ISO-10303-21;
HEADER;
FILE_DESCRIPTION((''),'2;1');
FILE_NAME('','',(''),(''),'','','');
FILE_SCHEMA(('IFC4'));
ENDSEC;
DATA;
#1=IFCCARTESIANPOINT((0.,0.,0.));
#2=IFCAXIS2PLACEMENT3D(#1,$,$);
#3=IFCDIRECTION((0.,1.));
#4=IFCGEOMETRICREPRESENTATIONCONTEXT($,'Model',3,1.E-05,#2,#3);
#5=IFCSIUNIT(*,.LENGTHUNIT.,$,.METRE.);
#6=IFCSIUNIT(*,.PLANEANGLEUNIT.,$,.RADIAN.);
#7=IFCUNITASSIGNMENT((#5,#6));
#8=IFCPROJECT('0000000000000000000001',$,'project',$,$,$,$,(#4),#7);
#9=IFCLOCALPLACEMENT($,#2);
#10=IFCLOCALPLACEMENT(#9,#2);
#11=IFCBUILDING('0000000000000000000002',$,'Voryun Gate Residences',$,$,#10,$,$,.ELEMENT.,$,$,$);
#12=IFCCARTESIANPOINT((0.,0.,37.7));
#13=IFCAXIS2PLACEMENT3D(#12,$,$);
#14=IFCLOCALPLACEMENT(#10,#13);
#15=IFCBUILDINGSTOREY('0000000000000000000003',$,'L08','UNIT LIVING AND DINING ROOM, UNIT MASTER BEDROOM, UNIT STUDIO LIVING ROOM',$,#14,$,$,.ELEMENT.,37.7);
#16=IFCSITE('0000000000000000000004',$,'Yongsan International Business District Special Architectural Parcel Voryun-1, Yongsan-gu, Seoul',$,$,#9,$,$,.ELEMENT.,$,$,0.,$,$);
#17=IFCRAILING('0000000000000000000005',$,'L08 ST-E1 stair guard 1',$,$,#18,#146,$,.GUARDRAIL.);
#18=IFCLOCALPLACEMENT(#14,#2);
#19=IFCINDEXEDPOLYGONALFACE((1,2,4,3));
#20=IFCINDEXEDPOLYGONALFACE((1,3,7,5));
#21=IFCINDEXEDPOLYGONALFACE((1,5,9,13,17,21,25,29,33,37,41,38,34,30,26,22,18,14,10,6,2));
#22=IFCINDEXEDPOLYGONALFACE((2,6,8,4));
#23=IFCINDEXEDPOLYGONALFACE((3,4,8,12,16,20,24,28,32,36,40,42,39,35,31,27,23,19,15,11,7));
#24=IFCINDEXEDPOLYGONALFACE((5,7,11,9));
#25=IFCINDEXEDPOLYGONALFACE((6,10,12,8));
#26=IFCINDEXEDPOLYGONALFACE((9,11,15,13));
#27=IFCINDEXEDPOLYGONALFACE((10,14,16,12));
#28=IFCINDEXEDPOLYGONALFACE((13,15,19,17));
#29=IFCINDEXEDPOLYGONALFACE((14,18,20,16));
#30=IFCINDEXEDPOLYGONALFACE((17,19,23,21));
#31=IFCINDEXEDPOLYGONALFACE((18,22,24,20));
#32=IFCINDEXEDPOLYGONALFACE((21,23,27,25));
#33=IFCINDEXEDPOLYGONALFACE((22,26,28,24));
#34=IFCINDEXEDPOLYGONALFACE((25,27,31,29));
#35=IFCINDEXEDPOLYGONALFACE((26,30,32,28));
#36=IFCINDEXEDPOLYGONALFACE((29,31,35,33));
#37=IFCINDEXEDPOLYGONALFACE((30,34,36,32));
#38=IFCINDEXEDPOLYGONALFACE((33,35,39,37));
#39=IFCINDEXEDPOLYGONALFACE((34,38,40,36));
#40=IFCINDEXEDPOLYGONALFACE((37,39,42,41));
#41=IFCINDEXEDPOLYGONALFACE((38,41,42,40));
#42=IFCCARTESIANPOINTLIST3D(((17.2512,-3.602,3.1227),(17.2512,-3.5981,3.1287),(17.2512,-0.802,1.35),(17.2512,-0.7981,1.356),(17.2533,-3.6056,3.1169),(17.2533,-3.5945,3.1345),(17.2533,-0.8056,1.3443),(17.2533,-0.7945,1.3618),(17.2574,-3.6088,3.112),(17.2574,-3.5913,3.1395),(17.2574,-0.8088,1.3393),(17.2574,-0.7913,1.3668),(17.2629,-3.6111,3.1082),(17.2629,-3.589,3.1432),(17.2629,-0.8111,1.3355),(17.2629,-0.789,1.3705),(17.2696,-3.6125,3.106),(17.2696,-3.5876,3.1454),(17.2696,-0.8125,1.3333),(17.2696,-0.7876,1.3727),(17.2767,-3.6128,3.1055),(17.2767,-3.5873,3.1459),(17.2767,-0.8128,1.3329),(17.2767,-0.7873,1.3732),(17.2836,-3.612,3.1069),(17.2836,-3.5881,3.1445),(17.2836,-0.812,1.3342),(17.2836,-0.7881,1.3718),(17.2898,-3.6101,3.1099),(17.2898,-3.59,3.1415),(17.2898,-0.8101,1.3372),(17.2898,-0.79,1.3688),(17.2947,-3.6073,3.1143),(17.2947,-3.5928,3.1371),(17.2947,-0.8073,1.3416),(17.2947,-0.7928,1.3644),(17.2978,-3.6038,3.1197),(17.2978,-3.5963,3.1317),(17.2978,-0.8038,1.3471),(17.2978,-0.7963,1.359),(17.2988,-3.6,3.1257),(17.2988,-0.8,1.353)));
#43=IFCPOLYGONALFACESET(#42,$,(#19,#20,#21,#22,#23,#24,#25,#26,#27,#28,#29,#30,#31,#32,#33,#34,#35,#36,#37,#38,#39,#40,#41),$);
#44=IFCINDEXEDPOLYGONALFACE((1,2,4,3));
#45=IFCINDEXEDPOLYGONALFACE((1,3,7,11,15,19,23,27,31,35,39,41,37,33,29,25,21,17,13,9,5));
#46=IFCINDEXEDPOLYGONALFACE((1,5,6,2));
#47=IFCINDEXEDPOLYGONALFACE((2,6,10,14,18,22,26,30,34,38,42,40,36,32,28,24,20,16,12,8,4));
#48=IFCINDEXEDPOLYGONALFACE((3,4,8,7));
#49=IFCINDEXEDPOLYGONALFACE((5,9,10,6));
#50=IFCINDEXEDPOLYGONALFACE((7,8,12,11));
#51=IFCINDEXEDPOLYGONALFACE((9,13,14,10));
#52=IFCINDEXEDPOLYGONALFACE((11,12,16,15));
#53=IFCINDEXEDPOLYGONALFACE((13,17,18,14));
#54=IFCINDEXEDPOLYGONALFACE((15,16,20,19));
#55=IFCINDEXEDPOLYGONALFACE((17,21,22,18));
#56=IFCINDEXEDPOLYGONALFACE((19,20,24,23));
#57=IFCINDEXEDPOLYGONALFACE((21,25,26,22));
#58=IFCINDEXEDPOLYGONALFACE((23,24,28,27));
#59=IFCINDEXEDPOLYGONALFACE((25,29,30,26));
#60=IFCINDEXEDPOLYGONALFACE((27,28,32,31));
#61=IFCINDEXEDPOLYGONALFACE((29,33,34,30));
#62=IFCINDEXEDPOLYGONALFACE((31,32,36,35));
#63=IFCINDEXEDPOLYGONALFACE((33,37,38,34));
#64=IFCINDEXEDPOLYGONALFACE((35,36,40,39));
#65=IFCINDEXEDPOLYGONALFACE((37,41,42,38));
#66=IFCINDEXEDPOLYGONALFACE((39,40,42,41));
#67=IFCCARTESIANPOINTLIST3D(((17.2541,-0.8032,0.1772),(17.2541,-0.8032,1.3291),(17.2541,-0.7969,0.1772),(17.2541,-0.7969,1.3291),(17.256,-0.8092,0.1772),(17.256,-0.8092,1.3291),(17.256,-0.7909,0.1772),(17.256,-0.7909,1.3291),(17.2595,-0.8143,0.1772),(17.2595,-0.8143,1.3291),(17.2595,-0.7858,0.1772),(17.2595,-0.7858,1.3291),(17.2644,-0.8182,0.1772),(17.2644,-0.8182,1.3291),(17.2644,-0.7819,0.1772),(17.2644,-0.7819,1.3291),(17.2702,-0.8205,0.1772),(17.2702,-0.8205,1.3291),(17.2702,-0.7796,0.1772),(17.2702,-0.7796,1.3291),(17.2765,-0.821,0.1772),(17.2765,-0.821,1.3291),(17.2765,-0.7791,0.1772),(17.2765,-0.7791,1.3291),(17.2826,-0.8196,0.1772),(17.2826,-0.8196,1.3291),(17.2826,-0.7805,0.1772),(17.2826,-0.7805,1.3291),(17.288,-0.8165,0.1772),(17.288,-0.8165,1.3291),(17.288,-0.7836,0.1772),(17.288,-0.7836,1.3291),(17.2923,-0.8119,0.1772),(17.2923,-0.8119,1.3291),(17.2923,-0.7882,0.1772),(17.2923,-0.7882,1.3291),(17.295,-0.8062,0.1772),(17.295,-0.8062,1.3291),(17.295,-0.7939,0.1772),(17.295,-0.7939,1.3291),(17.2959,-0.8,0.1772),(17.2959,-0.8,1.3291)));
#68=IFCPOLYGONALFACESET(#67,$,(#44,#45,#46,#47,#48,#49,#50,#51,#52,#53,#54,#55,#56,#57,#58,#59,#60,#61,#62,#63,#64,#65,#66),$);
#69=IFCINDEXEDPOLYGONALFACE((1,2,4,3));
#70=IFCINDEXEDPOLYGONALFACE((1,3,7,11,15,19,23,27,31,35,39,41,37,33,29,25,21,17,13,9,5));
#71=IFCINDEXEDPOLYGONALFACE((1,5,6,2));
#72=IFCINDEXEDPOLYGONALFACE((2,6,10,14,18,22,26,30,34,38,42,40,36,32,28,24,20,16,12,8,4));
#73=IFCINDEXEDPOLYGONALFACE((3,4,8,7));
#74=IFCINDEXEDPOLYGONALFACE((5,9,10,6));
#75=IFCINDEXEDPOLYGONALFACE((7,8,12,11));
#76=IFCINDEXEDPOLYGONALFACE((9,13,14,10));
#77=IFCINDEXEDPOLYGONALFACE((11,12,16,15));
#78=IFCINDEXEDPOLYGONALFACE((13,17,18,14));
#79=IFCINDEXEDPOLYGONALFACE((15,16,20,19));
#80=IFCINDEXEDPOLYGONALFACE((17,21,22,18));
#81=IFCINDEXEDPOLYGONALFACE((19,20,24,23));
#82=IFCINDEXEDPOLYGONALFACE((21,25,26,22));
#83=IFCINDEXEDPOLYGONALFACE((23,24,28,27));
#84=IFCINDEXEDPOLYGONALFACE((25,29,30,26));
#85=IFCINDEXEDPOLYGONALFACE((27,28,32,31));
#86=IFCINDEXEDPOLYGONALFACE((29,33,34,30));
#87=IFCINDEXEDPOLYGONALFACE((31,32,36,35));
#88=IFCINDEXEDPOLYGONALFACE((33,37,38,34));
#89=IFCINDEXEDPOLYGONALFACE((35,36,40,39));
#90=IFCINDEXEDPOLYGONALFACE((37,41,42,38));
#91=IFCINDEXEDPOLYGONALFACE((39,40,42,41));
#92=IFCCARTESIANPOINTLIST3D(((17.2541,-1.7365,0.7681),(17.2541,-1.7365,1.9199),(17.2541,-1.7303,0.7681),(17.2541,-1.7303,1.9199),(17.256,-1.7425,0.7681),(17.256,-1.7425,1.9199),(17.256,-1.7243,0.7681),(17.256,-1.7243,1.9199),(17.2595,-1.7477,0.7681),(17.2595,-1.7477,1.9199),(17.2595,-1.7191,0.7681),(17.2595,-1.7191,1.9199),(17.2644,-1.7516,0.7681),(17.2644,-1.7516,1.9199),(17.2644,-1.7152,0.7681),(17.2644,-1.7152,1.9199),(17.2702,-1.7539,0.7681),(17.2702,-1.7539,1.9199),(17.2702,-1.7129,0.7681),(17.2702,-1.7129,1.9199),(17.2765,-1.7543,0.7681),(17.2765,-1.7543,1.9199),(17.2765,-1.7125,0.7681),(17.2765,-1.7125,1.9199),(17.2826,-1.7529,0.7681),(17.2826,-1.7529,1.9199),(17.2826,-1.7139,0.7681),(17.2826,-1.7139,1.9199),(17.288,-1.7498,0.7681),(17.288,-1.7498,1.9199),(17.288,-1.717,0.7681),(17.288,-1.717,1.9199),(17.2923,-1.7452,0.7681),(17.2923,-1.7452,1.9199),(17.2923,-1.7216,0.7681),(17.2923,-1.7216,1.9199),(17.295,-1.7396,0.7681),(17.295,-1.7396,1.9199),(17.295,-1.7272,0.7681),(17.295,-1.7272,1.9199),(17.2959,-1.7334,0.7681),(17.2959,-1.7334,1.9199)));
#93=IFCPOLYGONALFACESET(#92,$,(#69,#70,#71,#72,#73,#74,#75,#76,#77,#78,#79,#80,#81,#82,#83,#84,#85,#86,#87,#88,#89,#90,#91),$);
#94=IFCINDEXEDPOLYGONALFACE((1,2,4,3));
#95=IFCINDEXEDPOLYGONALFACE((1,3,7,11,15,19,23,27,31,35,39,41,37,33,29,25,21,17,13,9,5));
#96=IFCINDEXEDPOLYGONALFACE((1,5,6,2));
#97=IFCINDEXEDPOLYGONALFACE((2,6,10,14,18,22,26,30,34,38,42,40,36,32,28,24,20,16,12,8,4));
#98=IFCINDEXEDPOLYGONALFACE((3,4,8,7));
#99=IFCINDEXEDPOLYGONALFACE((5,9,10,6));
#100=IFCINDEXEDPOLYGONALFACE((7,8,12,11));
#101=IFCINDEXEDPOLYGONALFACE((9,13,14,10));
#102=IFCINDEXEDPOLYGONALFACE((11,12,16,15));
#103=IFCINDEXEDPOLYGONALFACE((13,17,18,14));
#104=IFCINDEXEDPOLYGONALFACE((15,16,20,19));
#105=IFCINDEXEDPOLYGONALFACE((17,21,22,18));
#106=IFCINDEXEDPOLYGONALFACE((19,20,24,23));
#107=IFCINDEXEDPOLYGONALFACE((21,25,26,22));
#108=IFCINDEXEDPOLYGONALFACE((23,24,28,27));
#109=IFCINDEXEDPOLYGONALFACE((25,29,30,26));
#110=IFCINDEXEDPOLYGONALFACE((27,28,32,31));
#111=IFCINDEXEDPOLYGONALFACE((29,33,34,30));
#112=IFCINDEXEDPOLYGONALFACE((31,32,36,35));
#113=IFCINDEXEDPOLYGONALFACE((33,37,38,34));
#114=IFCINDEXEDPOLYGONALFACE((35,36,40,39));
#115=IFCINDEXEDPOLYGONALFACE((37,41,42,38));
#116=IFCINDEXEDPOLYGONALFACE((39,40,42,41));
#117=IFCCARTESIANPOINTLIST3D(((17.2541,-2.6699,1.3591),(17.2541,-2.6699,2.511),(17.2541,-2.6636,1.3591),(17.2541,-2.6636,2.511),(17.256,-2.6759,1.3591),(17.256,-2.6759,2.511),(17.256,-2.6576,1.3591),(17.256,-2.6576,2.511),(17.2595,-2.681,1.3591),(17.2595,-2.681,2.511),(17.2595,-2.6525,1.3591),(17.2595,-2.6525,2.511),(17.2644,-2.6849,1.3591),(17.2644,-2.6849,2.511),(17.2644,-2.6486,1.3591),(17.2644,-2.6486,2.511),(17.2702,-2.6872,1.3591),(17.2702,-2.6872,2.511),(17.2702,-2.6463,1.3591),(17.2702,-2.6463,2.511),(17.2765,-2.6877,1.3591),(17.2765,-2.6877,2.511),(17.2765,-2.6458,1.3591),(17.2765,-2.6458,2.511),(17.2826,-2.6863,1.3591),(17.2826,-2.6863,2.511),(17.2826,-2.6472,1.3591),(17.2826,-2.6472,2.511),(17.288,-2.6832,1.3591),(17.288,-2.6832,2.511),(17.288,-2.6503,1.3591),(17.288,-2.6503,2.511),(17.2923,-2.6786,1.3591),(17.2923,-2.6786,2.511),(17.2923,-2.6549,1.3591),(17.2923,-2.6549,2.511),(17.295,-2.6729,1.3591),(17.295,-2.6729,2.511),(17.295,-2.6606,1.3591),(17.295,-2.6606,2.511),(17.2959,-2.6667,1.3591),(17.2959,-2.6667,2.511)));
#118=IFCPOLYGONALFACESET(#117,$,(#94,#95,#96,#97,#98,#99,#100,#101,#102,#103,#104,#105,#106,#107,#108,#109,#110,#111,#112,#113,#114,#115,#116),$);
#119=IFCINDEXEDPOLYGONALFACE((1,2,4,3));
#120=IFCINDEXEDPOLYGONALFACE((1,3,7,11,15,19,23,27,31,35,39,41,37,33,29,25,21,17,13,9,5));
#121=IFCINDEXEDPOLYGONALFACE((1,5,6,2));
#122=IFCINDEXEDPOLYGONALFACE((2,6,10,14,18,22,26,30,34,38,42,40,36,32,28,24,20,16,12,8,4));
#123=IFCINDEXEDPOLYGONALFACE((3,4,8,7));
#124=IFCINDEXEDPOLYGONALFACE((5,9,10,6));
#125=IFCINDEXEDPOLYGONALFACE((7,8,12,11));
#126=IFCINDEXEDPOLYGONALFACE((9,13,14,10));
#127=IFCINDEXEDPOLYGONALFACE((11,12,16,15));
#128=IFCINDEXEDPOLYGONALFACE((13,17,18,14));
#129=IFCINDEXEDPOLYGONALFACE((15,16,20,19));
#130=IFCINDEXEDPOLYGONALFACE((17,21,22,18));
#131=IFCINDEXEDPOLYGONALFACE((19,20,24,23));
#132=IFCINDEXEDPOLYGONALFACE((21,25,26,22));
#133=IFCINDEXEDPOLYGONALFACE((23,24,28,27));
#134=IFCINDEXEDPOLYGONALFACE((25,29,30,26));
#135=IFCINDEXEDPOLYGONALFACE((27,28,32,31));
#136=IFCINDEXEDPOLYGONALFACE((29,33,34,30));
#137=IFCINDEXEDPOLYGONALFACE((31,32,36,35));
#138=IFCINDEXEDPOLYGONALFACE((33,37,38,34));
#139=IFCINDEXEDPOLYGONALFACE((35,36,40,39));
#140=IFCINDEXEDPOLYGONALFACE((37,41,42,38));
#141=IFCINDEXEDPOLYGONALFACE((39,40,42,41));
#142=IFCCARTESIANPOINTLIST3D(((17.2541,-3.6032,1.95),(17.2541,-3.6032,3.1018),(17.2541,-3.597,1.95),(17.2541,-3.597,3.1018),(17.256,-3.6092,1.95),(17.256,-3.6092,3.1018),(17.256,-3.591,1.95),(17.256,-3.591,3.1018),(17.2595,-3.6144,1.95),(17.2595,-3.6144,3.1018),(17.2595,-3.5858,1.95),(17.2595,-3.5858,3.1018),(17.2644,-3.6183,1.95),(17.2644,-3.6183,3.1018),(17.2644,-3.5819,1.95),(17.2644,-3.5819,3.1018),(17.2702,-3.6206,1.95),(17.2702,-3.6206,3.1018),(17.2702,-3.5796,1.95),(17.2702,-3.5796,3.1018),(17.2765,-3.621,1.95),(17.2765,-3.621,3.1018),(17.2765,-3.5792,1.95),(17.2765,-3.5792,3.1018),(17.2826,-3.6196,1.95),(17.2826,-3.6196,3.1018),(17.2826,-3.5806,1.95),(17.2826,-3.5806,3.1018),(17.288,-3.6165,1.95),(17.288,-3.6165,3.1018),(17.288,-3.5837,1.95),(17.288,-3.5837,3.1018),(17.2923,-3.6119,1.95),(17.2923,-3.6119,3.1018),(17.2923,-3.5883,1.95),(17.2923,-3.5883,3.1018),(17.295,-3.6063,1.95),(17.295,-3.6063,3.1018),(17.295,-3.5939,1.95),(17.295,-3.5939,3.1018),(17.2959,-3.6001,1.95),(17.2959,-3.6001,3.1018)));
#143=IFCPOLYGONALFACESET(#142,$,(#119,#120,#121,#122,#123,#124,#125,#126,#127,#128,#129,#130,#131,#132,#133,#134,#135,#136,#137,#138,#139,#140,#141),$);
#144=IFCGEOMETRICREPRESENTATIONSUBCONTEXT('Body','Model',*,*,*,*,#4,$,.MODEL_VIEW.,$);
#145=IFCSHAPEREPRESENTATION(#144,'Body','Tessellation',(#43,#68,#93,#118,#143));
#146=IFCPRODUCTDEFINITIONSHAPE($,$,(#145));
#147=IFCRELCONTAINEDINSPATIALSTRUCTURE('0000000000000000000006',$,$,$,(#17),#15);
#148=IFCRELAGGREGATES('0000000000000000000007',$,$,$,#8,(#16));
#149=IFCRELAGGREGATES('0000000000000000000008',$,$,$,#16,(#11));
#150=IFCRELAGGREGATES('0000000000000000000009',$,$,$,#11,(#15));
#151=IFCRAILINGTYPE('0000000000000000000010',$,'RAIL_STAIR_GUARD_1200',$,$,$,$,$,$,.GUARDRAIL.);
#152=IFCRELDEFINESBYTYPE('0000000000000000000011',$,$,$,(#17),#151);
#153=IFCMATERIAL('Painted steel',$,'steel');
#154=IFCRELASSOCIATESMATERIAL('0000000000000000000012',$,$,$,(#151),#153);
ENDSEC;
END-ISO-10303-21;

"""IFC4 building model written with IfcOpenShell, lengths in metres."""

from ifc_helpers import new_model, si_unit, direction, frame, origin, origin_2d, place, context, subcontext, project, spatial, circle, extrude, material, type_object, element, save


model = new_model("IFC4")

# Units and contexts
model_context = context("Model", 3, precision=1e-05, world=origin(), true_north=direction((0.0, 1.0)))
body_context = subcontext(model_context, "Body", "Model", "MODEL_VIEW")
ifc_project = project(units=[si_unit("LENGTHUNIT", "METRE"), si_unit("PLANEANGLEUNIT", "RADIAN")], contexts=[model_context])

# Site, building, storey
site_placement = place(None, origin())
site = spatial("IfcSite", under=ifc_project, at=site_placement, Name="Yongsan International Business District Special Architectural Parcel Voryun-1, Yongsan-gu, Seoul", CompositionType="ELEMENT", RefElevation=0.0)
building_placement = place(site_placement, origin())
building = spatial("IfcBuilding", under=site, at=building_placement, Name="Voryun Gate Residences", CompositionType="ELEMENT")
storey_placement = place(building_placement, frame((0.0, 0.0, 37.7)))
storey = spatial("IfcBuildingStorey", under=building, at=storey_placement, Name="L08", Description="UNIT LIVING AND DINING ROOM, UNIT MASTER BEDROOM, UNIT STUDIO LIVING ROOM", CompositionType="ELEMENT", Elevation=37.7)

# Railing
ifc_material_1 = material(Name="Painted steel", Category="steel")
railing_type = type_object("IfcRailingType", Name="RAIL_STAIR_GUARD_1200", PredefinedType="GUARDRAIL", material=ifc_material_1)
railing_1_placement = place(storey_placement, frame((17.2749, -0.8, 0.1772)))
element("IfcRailing", 1, at=railing_1_placement, inside=storey, type_object=railing_type, Name="L08 ST-E1 stair guard 1", PredefinedType="GUARDRAIL", context=body_context, shape_type="SweptSolid", body=[
    extrude(circle(Radius=0.0239, at=origin_2d()), frame((0.0, 0.0, 1.1758), z_axis=(0.0, -0.844909, 0.53491), x_axis=(1.0, 0.0, 0.0)), (0.0, 0.0, 1.0), 3.314),
    extrude(circle(Radius=0.021, at=origin_2d()), origin(), (0.0, 0.0, 1.0), 1.1519),
    extrude(circle(Radius=0.021, at=origin_2d()), frame((0.0, -0.9333, 0.5908)), (0.0, 0.0, 1.0), 1.1519),
    extrude(circle(Radius=0.021, at=origin_2d()), frame((0.0, -1.8667, 1.1819)), (0.0, 0.0, 1.0), 1.1519),
    extrude(circle(Radius=0.021, at=origin_2d()), frame((0.0, -2.8, 1.7727)), (0.0, 0.0, 1.0), 1.1519),
])

save(model, "model.ifc")
